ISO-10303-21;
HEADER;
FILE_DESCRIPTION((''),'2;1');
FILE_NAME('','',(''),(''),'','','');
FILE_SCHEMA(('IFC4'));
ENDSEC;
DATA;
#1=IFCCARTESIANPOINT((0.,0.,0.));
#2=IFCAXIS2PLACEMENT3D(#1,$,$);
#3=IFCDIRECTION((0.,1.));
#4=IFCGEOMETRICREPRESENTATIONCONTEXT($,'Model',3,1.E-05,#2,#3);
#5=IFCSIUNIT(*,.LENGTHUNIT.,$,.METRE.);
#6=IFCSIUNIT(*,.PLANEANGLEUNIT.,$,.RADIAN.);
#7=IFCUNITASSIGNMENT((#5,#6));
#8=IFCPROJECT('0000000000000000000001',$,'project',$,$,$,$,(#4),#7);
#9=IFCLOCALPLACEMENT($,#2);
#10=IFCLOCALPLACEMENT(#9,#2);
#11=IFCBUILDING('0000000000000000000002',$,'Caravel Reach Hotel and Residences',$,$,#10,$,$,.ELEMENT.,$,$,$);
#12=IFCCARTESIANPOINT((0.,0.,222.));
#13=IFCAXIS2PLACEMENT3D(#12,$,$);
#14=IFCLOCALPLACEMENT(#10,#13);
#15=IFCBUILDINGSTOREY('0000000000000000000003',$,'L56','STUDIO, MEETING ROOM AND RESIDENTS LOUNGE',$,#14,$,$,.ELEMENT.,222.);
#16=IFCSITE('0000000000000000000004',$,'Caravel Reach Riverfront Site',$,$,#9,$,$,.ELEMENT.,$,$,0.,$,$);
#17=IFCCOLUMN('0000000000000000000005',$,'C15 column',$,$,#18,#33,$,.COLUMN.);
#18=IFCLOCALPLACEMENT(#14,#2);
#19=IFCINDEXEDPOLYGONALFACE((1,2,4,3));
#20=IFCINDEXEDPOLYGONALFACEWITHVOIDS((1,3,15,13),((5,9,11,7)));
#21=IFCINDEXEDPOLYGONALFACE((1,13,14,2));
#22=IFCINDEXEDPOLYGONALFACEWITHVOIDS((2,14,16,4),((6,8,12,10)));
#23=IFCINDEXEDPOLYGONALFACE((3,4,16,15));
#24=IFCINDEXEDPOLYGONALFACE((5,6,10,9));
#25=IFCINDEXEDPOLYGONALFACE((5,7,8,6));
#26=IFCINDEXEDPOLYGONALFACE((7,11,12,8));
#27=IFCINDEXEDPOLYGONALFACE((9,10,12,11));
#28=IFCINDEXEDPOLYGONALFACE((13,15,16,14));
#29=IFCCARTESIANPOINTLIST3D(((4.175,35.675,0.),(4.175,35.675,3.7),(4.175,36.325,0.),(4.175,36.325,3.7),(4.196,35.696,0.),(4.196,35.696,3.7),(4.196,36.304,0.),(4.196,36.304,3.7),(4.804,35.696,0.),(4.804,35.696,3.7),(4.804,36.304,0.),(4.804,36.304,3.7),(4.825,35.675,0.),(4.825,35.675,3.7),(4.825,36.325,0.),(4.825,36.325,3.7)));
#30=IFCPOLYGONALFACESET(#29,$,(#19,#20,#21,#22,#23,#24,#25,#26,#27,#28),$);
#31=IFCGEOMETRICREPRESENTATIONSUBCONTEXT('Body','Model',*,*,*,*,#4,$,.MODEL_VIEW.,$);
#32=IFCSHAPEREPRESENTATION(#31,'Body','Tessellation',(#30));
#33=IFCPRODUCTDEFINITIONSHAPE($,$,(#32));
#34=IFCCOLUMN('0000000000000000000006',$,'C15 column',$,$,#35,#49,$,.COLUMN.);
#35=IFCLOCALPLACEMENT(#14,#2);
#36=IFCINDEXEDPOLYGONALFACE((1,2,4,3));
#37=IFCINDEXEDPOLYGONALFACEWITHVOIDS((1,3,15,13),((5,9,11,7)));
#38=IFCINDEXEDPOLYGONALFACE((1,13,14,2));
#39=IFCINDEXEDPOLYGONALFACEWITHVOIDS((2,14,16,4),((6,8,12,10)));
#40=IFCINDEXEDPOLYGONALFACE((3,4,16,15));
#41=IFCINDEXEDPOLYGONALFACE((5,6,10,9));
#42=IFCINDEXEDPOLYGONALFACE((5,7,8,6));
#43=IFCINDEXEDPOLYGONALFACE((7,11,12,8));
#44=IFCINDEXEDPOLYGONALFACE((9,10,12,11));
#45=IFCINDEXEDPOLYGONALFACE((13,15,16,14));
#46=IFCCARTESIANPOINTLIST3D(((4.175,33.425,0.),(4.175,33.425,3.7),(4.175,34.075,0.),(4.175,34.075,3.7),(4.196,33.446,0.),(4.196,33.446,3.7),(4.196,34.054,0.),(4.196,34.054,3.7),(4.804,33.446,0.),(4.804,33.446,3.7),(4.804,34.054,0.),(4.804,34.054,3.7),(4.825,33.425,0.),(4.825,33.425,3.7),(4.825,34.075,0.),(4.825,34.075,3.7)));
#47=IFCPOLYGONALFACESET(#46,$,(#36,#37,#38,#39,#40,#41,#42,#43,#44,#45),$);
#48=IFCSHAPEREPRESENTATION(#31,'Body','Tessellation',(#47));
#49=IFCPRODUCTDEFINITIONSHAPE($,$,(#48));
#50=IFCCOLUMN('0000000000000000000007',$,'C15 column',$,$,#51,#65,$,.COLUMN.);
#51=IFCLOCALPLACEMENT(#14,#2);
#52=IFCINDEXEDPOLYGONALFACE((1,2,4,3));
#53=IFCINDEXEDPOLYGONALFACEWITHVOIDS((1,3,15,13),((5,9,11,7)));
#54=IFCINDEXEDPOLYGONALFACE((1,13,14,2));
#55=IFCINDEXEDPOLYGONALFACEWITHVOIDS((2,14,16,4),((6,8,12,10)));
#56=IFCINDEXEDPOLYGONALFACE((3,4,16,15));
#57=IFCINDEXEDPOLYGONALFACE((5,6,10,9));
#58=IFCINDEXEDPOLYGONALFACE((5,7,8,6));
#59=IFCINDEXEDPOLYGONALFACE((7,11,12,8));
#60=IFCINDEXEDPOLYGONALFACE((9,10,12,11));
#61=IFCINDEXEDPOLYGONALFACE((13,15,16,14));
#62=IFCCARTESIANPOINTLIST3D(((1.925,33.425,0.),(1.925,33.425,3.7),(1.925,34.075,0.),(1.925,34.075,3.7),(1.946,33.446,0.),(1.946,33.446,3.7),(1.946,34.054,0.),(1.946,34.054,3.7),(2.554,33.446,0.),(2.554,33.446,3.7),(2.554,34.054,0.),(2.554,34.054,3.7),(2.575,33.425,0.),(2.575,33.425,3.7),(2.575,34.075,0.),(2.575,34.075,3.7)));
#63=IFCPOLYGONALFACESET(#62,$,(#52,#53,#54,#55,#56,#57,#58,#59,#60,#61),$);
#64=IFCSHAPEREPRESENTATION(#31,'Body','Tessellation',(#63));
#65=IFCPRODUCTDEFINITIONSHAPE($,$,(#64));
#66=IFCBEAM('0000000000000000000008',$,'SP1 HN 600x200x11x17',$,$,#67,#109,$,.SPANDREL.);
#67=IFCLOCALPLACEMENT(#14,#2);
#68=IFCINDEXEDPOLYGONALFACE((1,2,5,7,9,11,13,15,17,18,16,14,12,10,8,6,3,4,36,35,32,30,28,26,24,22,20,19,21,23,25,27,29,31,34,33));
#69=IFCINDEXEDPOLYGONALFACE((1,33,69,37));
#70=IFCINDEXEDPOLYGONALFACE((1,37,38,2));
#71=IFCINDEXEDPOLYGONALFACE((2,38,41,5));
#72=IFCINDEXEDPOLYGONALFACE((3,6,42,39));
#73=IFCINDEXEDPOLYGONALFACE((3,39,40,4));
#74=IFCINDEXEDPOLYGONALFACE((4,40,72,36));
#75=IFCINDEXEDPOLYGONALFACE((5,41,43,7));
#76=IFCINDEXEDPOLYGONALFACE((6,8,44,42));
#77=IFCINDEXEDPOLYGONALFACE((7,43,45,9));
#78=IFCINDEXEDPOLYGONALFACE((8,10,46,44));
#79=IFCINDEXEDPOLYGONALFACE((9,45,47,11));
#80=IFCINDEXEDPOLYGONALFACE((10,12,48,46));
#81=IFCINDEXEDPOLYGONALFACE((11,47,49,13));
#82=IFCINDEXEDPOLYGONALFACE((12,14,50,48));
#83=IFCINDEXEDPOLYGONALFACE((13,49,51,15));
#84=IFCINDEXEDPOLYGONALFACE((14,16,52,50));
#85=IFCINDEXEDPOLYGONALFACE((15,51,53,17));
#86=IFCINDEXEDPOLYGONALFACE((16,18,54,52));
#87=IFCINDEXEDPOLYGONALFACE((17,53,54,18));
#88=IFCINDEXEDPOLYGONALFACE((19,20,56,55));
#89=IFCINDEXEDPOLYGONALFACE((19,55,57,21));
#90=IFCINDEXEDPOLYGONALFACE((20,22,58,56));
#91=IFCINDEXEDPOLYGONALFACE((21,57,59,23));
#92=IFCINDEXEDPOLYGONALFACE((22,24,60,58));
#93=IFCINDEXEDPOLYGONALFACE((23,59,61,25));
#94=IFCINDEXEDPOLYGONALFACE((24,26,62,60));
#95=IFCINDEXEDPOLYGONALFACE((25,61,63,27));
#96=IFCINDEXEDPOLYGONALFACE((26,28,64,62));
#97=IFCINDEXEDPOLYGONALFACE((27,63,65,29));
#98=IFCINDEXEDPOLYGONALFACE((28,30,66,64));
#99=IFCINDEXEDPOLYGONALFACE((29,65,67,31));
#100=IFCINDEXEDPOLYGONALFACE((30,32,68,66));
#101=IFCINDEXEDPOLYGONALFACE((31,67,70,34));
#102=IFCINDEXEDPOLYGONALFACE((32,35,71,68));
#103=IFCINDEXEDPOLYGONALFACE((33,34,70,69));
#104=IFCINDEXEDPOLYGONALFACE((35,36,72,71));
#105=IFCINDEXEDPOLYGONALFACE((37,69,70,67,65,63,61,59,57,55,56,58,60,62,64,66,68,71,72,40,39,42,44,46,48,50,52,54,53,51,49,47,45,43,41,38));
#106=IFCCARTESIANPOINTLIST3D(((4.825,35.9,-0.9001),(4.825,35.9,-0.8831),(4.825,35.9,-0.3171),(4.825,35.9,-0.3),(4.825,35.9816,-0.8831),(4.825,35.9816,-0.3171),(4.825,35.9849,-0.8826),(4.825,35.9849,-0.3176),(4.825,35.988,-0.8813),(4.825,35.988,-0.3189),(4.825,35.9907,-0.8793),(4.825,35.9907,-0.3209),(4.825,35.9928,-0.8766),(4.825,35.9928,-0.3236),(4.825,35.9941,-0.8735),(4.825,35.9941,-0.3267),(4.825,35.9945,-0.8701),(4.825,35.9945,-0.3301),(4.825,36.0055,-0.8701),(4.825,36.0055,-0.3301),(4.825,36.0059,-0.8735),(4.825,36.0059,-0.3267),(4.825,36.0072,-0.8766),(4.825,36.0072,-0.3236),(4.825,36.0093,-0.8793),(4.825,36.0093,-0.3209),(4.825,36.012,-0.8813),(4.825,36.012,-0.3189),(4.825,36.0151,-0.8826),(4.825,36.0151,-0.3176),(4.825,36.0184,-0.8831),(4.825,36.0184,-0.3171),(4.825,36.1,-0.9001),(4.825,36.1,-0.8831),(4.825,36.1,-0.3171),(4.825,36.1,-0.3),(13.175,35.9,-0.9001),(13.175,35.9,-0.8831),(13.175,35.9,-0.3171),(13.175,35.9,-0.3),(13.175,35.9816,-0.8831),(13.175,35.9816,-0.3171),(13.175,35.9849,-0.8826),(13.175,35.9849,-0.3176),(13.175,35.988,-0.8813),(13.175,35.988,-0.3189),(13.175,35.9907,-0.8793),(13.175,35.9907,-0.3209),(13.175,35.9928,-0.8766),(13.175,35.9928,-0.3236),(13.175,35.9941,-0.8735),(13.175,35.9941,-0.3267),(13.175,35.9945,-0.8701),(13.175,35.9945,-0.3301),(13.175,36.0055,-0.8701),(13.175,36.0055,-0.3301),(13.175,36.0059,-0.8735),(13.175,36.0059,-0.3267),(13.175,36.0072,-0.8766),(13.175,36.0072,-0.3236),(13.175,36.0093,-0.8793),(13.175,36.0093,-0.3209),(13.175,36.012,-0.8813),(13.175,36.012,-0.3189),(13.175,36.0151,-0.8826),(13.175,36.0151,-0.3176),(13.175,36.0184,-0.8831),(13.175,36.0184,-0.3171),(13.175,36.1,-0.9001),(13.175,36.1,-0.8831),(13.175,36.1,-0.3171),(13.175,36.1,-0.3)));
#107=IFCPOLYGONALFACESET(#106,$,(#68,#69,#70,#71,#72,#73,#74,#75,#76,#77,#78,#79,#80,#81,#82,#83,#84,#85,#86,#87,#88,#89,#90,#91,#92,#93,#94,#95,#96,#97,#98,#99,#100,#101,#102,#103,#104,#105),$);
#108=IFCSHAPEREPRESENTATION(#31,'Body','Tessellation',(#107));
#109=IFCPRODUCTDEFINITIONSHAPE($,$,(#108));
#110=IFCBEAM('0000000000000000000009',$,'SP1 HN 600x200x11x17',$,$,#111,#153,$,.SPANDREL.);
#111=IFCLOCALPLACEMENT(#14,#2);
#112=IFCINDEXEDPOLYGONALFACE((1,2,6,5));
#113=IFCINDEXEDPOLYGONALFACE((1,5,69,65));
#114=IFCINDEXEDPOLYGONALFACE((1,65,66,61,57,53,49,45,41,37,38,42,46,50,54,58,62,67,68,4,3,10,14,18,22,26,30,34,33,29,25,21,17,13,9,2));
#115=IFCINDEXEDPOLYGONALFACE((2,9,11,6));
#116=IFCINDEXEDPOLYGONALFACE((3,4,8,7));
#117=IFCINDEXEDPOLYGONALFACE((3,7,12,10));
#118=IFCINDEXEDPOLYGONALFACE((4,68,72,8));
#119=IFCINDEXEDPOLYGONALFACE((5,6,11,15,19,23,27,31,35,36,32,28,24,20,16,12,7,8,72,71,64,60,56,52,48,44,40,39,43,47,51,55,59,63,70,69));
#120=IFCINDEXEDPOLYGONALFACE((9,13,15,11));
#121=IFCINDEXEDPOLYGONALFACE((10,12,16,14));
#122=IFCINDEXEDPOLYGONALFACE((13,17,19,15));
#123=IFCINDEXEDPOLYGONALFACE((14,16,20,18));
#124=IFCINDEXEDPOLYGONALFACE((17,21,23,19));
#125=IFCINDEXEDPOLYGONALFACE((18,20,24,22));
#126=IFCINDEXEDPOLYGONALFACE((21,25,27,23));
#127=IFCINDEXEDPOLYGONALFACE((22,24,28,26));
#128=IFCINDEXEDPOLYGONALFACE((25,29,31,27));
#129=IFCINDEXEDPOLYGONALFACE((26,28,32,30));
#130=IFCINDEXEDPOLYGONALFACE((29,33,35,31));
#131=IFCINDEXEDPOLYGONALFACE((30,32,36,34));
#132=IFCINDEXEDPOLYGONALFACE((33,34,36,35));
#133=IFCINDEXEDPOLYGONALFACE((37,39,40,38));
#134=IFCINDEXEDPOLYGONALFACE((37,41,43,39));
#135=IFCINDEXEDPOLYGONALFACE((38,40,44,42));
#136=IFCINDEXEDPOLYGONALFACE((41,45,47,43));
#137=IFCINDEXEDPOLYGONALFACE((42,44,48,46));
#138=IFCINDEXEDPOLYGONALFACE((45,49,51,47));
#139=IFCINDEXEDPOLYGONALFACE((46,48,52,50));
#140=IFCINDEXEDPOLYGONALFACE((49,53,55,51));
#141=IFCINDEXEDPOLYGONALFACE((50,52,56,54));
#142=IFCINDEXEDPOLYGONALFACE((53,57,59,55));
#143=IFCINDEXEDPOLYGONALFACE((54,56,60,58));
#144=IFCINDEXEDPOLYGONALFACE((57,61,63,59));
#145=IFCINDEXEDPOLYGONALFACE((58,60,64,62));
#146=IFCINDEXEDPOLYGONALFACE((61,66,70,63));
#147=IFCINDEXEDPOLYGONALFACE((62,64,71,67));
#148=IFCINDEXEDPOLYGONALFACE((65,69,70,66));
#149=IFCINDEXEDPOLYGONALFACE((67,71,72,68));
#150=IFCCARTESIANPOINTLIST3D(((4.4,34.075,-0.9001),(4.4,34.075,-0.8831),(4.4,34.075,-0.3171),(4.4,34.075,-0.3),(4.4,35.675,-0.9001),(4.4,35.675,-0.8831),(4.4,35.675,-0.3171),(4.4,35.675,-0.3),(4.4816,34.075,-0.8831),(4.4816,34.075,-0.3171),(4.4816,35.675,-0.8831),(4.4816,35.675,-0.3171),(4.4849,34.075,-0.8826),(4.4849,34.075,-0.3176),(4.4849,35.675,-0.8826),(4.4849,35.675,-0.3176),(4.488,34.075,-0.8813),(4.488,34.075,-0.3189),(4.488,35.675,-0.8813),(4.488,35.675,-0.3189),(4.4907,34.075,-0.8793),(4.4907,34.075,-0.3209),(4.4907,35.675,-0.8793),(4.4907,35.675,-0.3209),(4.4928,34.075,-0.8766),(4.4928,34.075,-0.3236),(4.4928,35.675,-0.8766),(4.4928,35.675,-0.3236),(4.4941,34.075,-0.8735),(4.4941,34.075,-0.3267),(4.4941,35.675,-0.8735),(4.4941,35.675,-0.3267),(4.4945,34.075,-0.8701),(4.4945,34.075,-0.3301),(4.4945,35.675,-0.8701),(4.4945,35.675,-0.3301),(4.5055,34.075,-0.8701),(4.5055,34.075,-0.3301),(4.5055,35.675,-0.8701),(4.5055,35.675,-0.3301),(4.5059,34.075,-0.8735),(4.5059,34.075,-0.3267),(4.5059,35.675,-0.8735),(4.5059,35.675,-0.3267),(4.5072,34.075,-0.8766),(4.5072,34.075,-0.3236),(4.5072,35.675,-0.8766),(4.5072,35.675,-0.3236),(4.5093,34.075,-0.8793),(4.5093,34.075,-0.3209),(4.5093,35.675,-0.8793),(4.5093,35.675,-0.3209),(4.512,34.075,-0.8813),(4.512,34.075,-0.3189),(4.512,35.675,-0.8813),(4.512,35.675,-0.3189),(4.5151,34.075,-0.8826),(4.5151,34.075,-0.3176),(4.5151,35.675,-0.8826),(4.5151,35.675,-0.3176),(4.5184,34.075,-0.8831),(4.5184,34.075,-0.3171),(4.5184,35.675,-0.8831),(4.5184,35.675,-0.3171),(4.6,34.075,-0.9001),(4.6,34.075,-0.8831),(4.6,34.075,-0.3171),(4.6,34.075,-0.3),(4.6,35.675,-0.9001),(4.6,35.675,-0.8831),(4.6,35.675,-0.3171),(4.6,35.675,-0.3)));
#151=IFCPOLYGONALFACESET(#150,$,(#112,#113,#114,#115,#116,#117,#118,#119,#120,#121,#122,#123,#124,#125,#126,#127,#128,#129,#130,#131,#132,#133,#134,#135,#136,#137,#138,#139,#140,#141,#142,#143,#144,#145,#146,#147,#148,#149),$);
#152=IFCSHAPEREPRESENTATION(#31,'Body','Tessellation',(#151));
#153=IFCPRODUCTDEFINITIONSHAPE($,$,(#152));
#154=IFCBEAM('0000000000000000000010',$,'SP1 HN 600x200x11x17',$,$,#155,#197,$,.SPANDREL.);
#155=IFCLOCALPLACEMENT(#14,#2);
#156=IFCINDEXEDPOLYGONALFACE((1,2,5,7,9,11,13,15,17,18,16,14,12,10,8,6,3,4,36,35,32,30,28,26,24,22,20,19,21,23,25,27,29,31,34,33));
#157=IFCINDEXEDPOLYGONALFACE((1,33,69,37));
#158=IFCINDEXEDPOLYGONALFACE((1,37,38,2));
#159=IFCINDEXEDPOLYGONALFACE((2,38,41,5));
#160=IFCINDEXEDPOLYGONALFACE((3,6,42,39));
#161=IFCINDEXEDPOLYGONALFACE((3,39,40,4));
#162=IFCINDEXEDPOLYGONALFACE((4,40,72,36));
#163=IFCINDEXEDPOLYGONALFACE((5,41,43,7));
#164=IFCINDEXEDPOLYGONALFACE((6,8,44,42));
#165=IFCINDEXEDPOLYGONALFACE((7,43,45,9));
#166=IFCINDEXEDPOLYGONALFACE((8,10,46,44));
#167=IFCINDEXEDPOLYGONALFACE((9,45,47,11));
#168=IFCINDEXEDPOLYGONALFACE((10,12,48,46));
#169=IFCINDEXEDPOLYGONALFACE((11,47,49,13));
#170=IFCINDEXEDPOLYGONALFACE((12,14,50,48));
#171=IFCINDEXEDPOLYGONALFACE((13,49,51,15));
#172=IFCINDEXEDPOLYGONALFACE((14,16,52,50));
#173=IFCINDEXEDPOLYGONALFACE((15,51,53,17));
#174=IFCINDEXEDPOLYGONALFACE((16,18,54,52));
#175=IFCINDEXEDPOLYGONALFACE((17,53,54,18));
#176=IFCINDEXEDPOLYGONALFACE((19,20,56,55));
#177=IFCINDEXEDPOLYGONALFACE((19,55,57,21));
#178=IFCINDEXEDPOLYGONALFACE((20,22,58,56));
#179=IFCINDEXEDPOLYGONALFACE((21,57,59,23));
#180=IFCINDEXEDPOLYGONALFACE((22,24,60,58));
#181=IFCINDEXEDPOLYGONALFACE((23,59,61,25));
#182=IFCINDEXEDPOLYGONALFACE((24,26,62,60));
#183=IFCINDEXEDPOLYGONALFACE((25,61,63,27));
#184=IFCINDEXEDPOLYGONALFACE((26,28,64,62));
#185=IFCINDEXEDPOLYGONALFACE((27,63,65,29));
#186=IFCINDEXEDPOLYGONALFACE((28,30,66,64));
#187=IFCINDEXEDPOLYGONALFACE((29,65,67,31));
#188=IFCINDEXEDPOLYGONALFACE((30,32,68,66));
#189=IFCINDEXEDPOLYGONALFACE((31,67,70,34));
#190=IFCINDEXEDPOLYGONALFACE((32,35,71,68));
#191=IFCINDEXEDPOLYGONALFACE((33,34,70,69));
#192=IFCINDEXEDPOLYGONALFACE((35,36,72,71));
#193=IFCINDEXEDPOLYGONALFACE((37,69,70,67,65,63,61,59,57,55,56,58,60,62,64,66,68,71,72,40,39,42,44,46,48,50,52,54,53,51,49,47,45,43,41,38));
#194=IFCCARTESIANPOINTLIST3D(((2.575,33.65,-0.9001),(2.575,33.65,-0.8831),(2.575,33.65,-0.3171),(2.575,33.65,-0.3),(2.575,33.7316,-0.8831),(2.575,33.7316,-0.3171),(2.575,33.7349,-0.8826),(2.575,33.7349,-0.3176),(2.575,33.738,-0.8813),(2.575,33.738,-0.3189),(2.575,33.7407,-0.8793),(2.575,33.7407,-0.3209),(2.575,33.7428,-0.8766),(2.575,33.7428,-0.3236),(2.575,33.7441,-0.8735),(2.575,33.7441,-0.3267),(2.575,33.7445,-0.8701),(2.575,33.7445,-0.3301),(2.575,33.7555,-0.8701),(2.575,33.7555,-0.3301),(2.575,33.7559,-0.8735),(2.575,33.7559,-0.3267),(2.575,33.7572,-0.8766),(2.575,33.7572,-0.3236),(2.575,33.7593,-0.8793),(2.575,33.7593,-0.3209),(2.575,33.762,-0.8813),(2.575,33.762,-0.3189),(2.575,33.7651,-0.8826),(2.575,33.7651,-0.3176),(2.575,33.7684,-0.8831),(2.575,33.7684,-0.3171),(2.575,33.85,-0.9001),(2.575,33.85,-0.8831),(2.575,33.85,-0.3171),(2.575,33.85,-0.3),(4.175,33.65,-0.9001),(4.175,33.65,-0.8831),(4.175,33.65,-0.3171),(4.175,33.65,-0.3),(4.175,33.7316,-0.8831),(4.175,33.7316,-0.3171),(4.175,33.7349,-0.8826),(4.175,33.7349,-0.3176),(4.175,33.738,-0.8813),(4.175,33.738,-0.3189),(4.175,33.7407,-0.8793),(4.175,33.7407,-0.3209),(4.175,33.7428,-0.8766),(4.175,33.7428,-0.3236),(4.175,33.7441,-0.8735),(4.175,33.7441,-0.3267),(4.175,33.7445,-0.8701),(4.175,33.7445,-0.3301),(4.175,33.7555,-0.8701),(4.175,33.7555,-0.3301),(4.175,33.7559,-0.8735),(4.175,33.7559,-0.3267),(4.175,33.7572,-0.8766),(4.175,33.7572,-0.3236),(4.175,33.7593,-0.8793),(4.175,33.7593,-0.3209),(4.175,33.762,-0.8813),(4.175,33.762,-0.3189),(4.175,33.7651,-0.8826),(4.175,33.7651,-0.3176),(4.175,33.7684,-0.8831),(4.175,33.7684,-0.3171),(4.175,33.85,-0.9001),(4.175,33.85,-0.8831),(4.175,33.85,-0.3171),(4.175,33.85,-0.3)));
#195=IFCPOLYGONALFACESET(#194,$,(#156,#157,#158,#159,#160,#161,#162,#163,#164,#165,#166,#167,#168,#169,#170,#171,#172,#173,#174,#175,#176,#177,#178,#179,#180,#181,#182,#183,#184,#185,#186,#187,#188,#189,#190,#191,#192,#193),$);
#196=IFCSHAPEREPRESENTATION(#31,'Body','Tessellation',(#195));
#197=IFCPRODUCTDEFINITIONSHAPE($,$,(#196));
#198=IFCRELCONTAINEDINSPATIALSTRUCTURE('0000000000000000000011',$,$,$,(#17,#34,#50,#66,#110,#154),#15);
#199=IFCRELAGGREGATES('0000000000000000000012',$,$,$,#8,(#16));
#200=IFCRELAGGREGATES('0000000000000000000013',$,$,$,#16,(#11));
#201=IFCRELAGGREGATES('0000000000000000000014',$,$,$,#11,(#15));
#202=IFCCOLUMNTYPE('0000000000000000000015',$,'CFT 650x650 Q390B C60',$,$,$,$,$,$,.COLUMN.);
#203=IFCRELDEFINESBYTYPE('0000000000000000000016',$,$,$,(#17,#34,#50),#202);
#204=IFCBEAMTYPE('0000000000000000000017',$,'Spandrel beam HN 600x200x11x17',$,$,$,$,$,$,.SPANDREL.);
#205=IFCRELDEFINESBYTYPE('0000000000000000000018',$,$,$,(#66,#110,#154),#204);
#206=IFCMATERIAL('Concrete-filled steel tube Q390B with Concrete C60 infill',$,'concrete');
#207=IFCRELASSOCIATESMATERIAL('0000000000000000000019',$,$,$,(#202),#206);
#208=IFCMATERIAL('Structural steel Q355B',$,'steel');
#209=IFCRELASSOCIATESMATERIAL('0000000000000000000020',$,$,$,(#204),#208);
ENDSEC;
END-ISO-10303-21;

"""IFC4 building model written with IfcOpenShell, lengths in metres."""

from ifc_helpers import new_model, si_unit, direction, frame, origin, origin_2d, place, context, subcontext, project, spatial, hollow_rectangle, i_section, extrude, material, material_profile, profile_set, type_object, element, save


model = new_model("IFC4")

# Units and contexts
model_context = context("Model", 3, precision=1e-05, world=origin(), true_north=direction((0.0, 1.0)))
body_context = subcontext(model_context, "Body", "Model", "MODEL_VIEW")
ifc_project = project(units=[si_unit("LENGTHUNIT", "METRE"), si_unit("PLANEANGLEUNIT", "RADIAN")], contexts=[model_context])

# Site, building, storey
site_placement = place(None, origin())
site = spatial("IfcSite", under=ifc_project, at=site_placement, Name="Caravel Reach Riverfront Site", CompositionType="ELEMENT", RefElevation=0.0)
building_placement = place(site_placement, origin())
building = spatial("IfcBuilding", under=site, at=building_placement, Name="Caravel Reach Hotel and Residences", CompositionType="ELEMENT")
storey_placement = place(building_placement, frame((0.0, 0.0, 222.0)))
storey = spatial("IfcBuildingStorey", under=building, at=storey_placement, Name="L56", Description="STUDIO, MEETING ROOM AND RESIDENTS LOUNGE", CompositionType="ELEMENT", Elevation=222.0)

# Columns
ifc_material_1 = material(Name="Concrete-filled steel tube Q390B with Concrete C60 infill", Category="concrete")
ifc_material_profile_1 = material_profile(ifc_material_1, hollow_rectangle(XDim=0.6499, YDim=0.6499, WallThickness=0.021, at=origin_2d()), Name="RHS 650x650x21")
ifc_profile_set_1 = profile_set([ifc_material_profile_1], Name="Concrete-filled steel tube Q390B with Concrete C60 infill")
column_type = type_object("IfcColumnType", Name="CFT 650x650 Q390B C60", PredefinedType="COLUMN", material=ifc_profile_set_1)
for number, where, z_axis, x_axis, name in (
    (1, (4.5, 36.0, 0.0), (0.0, 0.0, 1.0), (1.0, 0.0, 0.0), "C15 column"),
    (2, (4.5, 33.75, 0.0), (0.0, 0.0, 1.0), (1.0, 0.0, 0.0), "C15 column"),
    (3, (2.25, 33.75, 0.0), (0.0, 0.0, 1.0), (1.0, 0.0, 0.0), "C15 column"),
):
    element("IfcColumn", number, at=place(storey_placement, frame(where, z_axis=z_axis, x_axis=x_axis)), inside=storey, type_object=column_type, Name=name, PredefinedType="COLUMN", context=body_context, shape_type="SweptSolid", body=[
        extrude(hollow_rectangle(XDim=0.6499, YDim=0.6499, WallThickness=0.021, at=origin_2d()), origin(), (0.0, 0.0, 1.0), 3.7),
    ])

# Beams
ifc_material_2 = material(Name="Structural steel Q355B", Category="steel")
ifc_material_profile_2 = material_profile(ifc_material_2, i_section(OverallWidth=0.2, OverallDepth=0.6001, WebThickness=0.011, FlangeThickness=0.0171, FilletRadius=0.0129, at=origin_2d()), Name="HN 600x200x11x17")
ifc_profile_set_2 = profile_set([ifc_material_profile_2], Name="Structural steel Q355B")
beam_type = type_object("IfcBeamType", Name="Spandrel beam HN 600x200x11x17", PredefinedType="SPANDREL", material=ifc_profile_set_2)
beam_placement = place(storey_placement, frame((13.175, 36.0, -0.6001), z_axis=(-1.0, 0.0, 0.0), x_axis=(0.0, -1.0, 0.0)))
element("IfcBeam", 4, at=beam_placement, inside=storey, type_object=beam_type, Name="SP1 HN 600x200x11x17", PredefinedType="SPANDREL", context=body_context, shape_type="SweptSolid", body=[
    extrude(i_section(OverallWidth=0.2, OverallDepth=0.6001, WebThickness=0.011, FlangeThickness=0.0171, FilletRadius=0.0129, at=origin_2d()), origin(), (0.0, 0.0, 1.0), 8.3501),
])
for number, where, z_axis, x_axis, name in (
    (5, (4.5, 35.675, -0.6001), (0.0, -1.0, 0.0), (1.0, 0.0, 0.0), "SP1 HN 600x200x11x17"),
    (6, (4.175, 33.75, -0.6001), (-1.0, 0.0, 0.0), (0.0, -1.0, 0.0), "SP1 HN 600x200x11x17"),
):
    element("IfcBeam", number, at=place(storey_placement, frame(where, z_axis=z_axis, x_axis=x_axis)), inside=storey, type_object=beam_type, Name=name, PredefinedType="SPANDREL", context=body_context, shape_type="SweptSolid", body=[
        extrude(i_section(OverallWidth=0.2, OverallDepth=0.6001, WebThickness=0.011, FlangeThickness=0.0171, FilletRadius=0.0129, at=origin_2d()), origin(), (0.0, 0.0, 1.0), 1.6001),
    ])

save(model, "model.ifc")
